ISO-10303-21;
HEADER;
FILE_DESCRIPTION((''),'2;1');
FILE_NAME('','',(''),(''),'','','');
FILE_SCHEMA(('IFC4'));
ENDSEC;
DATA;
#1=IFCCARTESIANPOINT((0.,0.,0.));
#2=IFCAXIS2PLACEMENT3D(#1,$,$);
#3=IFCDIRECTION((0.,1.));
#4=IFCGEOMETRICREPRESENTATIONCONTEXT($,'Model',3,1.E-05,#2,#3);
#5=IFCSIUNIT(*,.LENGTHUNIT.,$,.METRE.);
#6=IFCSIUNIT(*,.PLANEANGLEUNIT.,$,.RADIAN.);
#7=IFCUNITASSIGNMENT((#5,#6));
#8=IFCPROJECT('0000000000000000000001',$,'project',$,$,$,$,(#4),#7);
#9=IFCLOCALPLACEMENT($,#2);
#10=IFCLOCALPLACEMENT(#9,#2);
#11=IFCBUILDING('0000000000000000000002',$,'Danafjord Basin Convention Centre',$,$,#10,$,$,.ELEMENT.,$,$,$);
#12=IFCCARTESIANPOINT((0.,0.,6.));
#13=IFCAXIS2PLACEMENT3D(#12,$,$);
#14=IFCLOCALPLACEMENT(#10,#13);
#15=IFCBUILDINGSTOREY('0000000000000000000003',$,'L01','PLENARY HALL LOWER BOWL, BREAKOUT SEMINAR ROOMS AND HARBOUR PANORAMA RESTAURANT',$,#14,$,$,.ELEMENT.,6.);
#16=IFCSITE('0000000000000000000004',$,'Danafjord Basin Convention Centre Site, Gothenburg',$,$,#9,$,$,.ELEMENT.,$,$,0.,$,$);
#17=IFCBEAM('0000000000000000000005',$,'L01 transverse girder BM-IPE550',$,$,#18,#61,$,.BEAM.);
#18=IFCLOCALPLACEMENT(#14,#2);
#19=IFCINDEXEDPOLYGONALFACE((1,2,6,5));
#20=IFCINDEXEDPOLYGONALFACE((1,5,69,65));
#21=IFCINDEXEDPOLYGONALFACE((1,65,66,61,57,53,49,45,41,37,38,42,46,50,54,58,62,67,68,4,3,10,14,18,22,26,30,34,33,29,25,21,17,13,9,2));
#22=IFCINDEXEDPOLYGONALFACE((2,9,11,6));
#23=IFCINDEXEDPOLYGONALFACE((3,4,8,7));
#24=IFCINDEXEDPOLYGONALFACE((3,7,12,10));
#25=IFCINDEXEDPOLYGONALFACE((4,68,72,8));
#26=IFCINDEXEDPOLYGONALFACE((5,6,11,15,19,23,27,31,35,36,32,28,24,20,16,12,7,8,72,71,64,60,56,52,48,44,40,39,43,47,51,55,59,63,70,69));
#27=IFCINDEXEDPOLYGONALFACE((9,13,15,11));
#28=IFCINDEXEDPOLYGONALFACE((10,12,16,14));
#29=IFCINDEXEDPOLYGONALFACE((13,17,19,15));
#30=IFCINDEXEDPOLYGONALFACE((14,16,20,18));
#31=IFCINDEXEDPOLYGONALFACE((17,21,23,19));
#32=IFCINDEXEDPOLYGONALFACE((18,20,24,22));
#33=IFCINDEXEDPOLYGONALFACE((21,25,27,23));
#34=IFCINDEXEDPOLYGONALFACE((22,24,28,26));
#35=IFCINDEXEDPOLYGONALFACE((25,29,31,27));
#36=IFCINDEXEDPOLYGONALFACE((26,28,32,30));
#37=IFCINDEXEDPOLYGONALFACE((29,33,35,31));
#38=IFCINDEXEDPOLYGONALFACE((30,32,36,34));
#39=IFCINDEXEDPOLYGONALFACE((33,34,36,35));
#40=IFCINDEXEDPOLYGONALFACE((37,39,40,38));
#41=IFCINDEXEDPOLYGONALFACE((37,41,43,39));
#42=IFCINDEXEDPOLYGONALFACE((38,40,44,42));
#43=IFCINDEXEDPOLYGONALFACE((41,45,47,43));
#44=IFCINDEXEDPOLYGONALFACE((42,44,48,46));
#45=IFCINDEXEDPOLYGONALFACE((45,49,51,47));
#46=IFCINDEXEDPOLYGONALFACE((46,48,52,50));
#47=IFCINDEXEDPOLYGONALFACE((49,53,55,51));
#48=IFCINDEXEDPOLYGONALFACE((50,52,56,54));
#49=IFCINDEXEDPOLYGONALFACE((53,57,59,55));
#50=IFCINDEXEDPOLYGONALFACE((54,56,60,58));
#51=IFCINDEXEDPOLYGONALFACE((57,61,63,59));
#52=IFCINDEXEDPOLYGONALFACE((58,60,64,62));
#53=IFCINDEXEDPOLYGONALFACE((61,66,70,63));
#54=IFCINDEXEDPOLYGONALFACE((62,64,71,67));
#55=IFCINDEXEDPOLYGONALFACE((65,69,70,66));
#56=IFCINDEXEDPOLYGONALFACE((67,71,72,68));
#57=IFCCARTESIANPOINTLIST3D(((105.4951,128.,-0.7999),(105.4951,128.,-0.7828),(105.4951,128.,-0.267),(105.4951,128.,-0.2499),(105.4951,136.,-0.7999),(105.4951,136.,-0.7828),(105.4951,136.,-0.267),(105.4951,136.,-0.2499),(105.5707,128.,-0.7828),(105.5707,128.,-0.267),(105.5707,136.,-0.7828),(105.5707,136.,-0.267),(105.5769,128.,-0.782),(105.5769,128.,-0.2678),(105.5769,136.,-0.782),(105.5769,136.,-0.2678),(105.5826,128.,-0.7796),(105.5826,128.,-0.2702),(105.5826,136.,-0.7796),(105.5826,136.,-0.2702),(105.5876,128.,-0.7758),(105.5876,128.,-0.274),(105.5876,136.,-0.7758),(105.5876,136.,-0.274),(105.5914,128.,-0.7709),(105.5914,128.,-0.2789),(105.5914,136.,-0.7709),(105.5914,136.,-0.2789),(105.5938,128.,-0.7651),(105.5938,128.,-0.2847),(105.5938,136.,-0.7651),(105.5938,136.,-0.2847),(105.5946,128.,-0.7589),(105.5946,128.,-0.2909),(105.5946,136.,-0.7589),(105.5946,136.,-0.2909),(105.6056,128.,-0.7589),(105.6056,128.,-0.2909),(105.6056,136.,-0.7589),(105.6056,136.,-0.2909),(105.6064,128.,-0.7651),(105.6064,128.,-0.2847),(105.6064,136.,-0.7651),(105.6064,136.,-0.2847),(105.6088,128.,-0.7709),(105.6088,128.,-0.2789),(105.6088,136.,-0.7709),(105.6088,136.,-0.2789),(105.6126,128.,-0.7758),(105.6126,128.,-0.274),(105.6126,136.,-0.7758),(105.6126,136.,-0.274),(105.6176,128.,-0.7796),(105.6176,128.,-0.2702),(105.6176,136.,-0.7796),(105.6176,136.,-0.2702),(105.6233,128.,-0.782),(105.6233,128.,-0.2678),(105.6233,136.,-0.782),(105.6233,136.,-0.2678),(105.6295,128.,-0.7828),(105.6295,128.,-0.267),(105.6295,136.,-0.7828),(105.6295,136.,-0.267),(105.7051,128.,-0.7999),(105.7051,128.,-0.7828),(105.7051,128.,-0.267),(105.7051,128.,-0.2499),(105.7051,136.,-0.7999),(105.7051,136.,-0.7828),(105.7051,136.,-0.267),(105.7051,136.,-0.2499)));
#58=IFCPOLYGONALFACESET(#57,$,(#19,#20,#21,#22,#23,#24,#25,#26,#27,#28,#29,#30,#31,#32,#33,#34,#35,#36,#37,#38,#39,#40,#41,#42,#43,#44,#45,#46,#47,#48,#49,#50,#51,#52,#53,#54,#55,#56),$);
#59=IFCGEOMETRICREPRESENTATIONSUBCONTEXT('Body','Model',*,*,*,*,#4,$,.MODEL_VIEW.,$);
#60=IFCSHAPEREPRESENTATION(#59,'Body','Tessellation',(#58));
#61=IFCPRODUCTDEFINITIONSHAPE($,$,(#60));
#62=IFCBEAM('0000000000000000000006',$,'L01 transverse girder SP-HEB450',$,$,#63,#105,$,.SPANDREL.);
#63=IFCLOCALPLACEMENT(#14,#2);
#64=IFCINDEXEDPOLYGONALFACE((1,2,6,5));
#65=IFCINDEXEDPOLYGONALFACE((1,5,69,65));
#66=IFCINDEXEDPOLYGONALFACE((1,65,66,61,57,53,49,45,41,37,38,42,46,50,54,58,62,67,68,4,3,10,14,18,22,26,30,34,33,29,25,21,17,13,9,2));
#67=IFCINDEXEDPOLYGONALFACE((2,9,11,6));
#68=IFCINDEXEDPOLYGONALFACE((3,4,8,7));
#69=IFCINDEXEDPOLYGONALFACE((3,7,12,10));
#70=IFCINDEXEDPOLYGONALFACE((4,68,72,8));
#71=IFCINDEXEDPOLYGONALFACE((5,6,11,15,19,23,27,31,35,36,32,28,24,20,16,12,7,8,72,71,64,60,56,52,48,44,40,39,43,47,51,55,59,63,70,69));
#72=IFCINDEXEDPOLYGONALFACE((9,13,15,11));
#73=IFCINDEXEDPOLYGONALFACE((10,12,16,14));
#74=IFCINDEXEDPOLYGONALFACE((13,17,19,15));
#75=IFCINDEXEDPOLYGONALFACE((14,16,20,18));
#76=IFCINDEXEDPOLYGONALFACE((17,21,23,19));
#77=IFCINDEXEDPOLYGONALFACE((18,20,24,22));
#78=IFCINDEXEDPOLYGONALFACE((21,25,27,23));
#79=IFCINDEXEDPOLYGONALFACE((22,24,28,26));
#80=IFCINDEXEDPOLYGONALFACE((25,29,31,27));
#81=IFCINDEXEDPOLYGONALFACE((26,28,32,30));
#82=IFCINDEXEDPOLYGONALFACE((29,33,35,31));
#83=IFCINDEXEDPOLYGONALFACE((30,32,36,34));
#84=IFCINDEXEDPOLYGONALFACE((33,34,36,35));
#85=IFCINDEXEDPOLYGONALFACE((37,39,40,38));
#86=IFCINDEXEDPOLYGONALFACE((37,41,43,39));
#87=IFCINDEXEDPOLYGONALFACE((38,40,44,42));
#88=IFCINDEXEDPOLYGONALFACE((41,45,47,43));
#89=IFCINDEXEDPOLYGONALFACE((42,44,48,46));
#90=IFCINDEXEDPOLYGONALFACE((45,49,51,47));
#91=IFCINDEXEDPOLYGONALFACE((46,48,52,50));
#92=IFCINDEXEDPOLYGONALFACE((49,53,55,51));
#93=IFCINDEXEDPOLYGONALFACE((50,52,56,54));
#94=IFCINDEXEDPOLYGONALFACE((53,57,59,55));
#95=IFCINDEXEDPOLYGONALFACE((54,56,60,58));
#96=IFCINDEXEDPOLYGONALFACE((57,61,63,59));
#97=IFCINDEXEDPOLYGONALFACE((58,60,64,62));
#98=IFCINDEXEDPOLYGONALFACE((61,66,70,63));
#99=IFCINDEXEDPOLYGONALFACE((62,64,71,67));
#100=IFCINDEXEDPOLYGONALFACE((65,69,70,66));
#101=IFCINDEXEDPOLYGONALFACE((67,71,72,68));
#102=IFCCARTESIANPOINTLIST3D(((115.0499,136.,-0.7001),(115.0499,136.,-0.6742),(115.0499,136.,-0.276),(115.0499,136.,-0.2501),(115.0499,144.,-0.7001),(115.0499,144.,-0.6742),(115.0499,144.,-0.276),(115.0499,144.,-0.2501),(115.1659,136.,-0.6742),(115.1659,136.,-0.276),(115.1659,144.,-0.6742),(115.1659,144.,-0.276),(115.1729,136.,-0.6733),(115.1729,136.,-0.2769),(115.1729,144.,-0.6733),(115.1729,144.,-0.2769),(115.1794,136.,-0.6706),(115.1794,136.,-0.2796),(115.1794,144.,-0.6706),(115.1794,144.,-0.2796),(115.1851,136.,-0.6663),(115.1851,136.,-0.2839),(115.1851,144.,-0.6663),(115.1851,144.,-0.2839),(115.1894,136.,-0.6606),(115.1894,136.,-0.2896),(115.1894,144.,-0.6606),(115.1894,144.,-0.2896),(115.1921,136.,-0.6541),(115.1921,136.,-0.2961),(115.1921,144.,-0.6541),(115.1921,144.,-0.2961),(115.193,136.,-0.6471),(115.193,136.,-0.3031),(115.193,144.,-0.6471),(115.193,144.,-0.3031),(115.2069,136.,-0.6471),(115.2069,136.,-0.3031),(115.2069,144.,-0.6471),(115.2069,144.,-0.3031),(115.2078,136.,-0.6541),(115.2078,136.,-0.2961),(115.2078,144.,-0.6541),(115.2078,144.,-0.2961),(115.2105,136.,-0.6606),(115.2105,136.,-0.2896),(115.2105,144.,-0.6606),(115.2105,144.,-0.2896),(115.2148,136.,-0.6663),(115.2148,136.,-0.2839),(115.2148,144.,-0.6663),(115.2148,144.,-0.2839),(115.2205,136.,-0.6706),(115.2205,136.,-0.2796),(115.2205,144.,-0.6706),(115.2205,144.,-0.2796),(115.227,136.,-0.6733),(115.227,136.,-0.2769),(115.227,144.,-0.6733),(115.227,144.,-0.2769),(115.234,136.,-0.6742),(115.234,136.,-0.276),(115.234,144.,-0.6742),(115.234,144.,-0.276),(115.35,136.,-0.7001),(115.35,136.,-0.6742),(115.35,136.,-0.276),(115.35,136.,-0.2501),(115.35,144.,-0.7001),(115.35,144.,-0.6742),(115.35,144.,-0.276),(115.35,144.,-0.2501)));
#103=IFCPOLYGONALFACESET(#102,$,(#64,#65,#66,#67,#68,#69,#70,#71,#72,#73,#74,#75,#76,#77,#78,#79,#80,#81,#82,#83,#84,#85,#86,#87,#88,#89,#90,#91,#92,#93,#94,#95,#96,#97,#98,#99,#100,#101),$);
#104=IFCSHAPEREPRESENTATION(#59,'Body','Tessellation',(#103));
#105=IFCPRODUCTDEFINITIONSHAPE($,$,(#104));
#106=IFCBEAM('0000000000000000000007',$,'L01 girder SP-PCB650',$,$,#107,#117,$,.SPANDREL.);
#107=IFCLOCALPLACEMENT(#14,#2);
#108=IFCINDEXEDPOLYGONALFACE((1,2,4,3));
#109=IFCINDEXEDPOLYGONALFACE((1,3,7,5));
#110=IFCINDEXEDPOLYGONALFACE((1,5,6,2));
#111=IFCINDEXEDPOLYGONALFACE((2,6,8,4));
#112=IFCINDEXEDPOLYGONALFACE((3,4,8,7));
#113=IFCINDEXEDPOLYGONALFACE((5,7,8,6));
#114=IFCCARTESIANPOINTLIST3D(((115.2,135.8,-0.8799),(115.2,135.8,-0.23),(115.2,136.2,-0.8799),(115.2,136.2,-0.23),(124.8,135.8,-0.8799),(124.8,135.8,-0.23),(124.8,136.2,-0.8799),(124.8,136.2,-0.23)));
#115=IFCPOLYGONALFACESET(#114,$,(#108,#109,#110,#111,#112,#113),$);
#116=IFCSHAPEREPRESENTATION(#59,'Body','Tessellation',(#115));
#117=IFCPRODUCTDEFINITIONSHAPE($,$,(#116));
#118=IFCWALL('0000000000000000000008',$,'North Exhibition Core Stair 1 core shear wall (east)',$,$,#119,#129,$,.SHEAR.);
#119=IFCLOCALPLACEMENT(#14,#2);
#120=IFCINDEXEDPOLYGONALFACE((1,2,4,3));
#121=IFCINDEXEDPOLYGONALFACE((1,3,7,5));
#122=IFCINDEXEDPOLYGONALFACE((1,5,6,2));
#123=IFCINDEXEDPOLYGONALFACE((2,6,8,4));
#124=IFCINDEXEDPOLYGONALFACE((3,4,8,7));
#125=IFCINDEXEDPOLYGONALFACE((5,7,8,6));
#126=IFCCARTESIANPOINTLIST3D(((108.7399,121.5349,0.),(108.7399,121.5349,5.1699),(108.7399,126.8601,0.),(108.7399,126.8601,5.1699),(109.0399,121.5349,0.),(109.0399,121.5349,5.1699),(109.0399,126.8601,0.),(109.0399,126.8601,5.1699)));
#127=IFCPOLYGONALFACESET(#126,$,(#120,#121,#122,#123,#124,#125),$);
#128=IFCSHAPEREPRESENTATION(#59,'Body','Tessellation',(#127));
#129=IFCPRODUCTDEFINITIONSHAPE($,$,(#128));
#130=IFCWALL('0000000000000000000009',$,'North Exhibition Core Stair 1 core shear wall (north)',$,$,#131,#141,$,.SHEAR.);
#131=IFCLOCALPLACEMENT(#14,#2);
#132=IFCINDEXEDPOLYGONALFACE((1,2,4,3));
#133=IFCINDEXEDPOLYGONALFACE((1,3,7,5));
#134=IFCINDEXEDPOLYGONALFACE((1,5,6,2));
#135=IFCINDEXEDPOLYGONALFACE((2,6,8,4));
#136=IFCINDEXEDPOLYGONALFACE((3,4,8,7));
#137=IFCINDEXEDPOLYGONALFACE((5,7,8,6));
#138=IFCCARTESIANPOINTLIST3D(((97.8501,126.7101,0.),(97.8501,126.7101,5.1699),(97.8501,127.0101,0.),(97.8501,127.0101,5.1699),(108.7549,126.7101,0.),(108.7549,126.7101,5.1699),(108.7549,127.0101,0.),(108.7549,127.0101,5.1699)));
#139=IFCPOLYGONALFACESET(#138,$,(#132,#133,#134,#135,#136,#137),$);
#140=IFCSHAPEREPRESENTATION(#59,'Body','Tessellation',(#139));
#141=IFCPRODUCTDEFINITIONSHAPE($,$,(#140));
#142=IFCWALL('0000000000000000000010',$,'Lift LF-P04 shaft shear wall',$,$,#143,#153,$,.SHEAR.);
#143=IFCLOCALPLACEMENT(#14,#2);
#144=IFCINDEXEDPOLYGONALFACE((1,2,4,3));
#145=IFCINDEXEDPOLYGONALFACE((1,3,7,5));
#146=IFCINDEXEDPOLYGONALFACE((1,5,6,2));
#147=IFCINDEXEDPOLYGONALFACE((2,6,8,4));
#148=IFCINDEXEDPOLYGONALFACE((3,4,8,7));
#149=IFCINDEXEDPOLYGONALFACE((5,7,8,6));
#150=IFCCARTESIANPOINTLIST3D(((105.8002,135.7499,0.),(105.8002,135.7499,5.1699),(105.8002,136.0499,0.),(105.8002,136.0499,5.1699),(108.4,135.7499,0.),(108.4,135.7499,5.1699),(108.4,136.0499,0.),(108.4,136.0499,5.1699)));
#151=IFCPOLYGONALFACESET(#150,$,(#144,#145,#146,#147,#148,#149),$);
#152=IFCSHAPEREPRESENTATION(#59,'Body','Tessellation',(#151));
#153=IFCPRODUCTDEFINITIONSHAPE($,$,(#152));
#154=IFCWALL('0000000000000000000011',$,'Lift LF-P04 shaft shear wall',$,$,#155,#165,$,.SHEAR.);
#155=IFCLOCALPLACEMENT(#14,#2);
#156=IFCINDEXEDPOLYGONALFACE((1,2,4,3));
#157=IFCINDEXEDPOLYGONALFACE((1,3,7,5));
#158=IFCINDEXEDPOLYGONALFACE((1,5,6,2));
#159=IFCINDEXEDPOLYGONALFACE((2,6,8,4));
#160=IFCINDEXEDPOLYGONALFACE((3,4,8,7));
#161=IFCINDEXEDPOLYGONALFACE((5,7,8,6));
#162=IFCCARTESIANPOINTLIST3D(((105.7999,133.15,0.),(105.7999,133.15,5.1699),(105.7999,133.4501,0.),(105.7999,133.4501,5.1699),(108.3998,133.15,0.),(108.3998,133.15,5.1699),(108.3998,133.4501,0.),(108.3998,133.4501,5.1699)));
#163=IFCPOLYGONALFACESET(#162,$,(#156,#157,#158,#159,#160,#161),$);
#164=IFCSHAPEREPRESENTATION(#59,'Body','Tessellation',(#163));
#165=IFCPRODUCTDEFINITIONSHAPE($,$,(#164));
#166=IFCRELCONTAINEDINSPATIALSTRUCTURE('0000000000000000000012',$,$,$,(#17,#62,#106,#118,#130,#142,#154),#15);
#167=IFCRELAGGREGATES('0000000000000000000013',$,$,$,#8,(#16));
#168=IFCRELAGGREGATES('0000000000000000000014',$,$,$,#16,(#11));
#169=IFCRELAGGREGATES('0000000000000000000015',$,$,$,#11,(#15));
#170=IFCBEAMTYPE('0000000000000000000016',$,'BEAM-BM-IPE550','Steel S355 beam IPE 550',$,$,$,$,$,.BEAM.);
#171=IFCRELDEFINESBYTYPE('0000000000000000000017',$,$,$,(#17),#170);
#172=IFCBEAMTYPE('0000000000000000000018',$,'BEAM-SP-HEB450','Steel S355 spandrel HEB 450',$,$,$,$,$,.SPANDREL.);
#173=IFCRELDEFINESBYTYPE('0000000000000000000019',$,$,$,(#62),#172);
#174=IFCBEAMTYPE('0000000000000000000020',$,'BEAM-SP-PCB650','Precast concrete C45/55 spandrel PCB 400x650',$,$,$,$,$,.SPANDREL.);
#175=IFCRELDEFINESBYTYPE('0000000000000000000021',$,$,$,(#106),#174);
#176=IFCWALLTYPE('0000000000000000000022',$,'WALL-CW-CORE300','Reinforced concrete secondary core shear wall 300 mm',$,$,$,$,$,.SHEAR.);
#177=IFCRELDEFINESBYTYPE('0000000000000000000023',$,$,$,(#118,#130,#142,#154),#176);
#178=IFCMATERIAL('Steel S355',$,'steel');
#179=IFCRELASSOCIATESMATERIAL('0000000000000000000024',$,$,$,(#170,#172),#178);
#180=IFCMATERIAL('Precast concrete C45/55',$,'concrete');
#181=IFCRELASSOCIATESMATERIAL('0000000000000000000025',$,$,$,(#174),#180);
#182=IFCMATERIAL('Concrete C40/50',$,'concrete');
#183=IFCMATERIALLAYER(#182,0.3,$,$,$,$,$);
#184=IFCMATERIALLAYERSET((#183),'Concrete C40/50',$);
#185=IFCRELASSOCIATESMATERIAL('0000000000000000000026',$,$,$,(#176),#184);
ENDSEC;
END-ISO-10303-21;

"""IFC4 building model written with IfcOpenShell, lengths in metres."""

from ifc_helpers import new_model, si_unit, direction, frame, frame_2d, origin, origin_2d, place, context, subcontext, project, spatial, rectangle, i_section, extrude, material, layer, layer_set, material_profile, profile_set, type_object, element, save


model = new_model("IFC4")

# Units and contexts
model_context = context("Model", 3, precision=1e-05, world=origin(), true_north=direction((0.0, 1.0)))
body_context = subcontext(model_context, "Body", "Model", "MODEL_VIEW")
ifc_project = project(units=[si_unit("LENGTHUNIT", "METRE"), si_unit("PLANEANGLEUNIT", "RADIAN")], contexts=[model_context])

# Site, building, storey
site_placement = place(None, origin())
site = spatial("IfcSite", under=ifc_project, at=site_placement, Name="Danafjord Basin Convention Centre Site, Gothenburg", CompositionType="ELEMENT", RefElevation=0.0)
building_placement = place(site_placement, origin())
building = spatial("IfcBuilding", under=site, at=building_placement, Name="Danafjord Basin Convention Centre", CompositionType="ELEMENT")
storey_placement = place(building_placement, frame((0.0, 0.0, 6.0)))
storey = spatial("IfcBuildingStorey", under=building, at=storey_placement, Name="L01", Description="PLENARY HALL LOWER BOWL, BREAKOUT SEMINAR ROOMS AND HARBOUR PANORAMA RESTAURANT", CompositionType="ELEMENT", Elevation=6.0)

# Shared definitions
ifc_material_1 = material(Name="Steel S355", Category="steel")

# Beams
ifc_material_profile_1 = material_profile(ifc_material_1, i_section(OverallWidth=0.21, OverallDepth=0.55, WebThickness=0.011, FlangeThickness=0.0171, FilletRadius=0.0239, at=origin_2d()), Name="IPE 550")
ifc_profile_set_1 = profile_set([ifc_material_profile_1], Name="Steel S355")
beam_type_1 = type_object("IfcBeamType", Name="BEAM-BM-IPE550", Description="Steel S355 beam IPE 550", PredefinedType="BEAM", material=ifc_profile_set_1)
beam_1_placement = place(storey_placement, frame((105.6001, 128.0, -0.5249), z_axis=(0.0, 1.0, 0.0), x_axis=(-1.0, 0.0, 0.0)))
element("IfcBeam", 1, at=beam_1_placement, inside=storey, type_object=beam_type_1, Name="L01 transverse girder BM-IPE550", PredefinedType="BEAM", context=body_context, shape_type="SweptSolid", body=[
    extrude(i_section(OverallWidth=0.21, OverallDepth=0.55, WebThickness=0.011, FlangeThickness=0.0171, FilletRadius=0.0239, at=origin_2d()), origin(), (0.0, 0.0, 1.0), 8.0),
])
ifc_material_profile_2 = material_profile(ifc_material_1, i_section(OverallWidth=0.3, OverallDepth=0.45, WebThickness=0.0139, FlangeThickness=0.0259, FilletRadius=0.0271, at=origin_2d()), Name="HEB 450")
ifc_profile_set_2 = profile_set([ifc_material_profile_2], Name="Steel S355")
beam_type_2 = type_object("IfcBeamType", Name="BEAM-SP-HEB450", Description="Steel S355 spandrel HEB 450", PredefinedType="SPANDREL", material=ifc_profile_set_2)
beam_2_placement = place(storey_placement, frame((115.2, 136.0, -0.4751), z_axis=(0.0, 1.0, 0.0), x_axis=(-1.0, 0.0, 0.0)))
element("IfcBeam", 2, at=beam_2_placement, inside=storey, type_object=beam_type_2, Name="L01 transverse girder SP-HEB450", PredefinedType="SPANDREL", context=body_context, shape_type="SweptSolid", body=[
    extrude(i_section(OverallWidth=0.3, OverallDepth=0.45, WebThickness=0.0139, FlangeThickness=0.0259, FilletRadius=0.0271, at=origin_2d()), origin(), (0.0, 0.0, 1.0), 8.0),
])
ifc_material_2 = material(Name="Precast concrete C45/55", Category="concrete")
ifc_material_profile_3 = material_profile(ifc_material_2, rectangle(XDim=0.3999, YDim=0.6499, at=origin_2d()), Name="PCB 400x650")
ifc_profile_set_3 = profile_set([ifc_material_profile_3], Name="Precast concrete C45/55")
beam_type_3 = type_object("IfcBeamType", Name="BEAM-SP-PCB650", Description="Precast concrete C45/55 spandrel PCB 400x650", PredefinedType="SPANDREL", material=ifc_profile_set_3)
beam_3_placement = place(storey_placement, frame((115.2, 136.0, -0.5549), z_axis=(1.0, 0.0, 0.0), x_axis=(0.0, 1.0, 0.0)))
element("IfcBeam", 3, at=beam_3_placement, inside=storey, type_object=beam_type_3, Name="L01 girder SP-PCB650", PredefinedType="SPANDREL", context=body_context, shape_type="SweptSolid", body=[
    extrude(rectangle(XDim=0.3999, YDim=0.6499, at=origin_2d()), origin(), (0.0, 0.0, 1.0), 9.6001),
])

# Walls
ifc_material_3 = material(Name="Concrete C40/50", Category="concrete")
ifc_layer_1 = layer(ifc_material_3, 0.3)
ifc_layer_set_1 = layer_set([ifc_layer_1], Name="Concrete C40/50")
wall_type_1 = type_object("IfcWallType", Name="WALL-CW-CORE300", Description="Reinforced concrete secondary core shear wall 300 mm", PredefinedType="SHEAR", material=ifc_layer_set_1)
wall_1_placement = place(storey_placement, frame((108.8899, 121.5349, 0.0), z_axis=(0.0, 0.0, 1.0), x_axis=(0.0, 1.0, 0.0)))
element("IfcWall", 4, at=wall_1_placement, inside=storey, type_object=wall_type_1, Name="North Exhibition Core Stair 1 core shear wall (east)", PredefinedType="SHEAR", context=body_context, shape_type="SweptSolid", body=[
    extrude(rectangle(XDim=5.3252, YDim=0.3, at=frame_2d((2.6626, 0.0))), origin(), (0.0, 0.0, 1.0), 5.1699),
])
wall_2_placement = place(storey_placement, frame((108.7549, 126.8601, 0.0), z_axis=(0.0, 0.0, 1.0), x_axis=(-1.0, 0.0, 0.0)))
element("IfcWall", 5, at=wall_2_placement, inside=storey, type_object=wall_type_1, Name="North Exhibition Core Stair 1 core shear wall (north)", PredefinedType="SHEAR", context=body_context, shape_type="SweptSolid", body=[
    extrude(rectangle(XDim=10.9048, YDim=0.3, at=frame_2d((5.4524, 0.0))), origin(), (0.0, 0.0, 1.0), 5.1699),
])
for number, where, z_axis, x_axis, name in (
    (6, (108.3999, 135.8999, 0.0), (0.0, 0.0, 1.0), (-1.0, 0.0, 0.0), "Lift LF-P04 shaft shear wall"),
    (7, (105.8, 133.3, 0.0), (0.0, 0.0, 1.0), (1.0, 0.0, 0.0), "Lift LF-P04 shaft shear wall"),
):
    element("IfcWall", number, at=place(storey_placement, frame(where, z_axis=z_axis, x_axis=x_axis)), inside=storey, type_object=wall_type_1, Name=name, PredefinedType="SHEAR", context=body_context, shape_type="SweptSolid", body=[
        extrude(rectangle(XDim=2.5999, YDim=0.3, at=frame_2d((1.2998, 0.0))), origin(), (0.0, 0.0, 1.0), 5.1699),
    ])

save(model, "model.ifc")
